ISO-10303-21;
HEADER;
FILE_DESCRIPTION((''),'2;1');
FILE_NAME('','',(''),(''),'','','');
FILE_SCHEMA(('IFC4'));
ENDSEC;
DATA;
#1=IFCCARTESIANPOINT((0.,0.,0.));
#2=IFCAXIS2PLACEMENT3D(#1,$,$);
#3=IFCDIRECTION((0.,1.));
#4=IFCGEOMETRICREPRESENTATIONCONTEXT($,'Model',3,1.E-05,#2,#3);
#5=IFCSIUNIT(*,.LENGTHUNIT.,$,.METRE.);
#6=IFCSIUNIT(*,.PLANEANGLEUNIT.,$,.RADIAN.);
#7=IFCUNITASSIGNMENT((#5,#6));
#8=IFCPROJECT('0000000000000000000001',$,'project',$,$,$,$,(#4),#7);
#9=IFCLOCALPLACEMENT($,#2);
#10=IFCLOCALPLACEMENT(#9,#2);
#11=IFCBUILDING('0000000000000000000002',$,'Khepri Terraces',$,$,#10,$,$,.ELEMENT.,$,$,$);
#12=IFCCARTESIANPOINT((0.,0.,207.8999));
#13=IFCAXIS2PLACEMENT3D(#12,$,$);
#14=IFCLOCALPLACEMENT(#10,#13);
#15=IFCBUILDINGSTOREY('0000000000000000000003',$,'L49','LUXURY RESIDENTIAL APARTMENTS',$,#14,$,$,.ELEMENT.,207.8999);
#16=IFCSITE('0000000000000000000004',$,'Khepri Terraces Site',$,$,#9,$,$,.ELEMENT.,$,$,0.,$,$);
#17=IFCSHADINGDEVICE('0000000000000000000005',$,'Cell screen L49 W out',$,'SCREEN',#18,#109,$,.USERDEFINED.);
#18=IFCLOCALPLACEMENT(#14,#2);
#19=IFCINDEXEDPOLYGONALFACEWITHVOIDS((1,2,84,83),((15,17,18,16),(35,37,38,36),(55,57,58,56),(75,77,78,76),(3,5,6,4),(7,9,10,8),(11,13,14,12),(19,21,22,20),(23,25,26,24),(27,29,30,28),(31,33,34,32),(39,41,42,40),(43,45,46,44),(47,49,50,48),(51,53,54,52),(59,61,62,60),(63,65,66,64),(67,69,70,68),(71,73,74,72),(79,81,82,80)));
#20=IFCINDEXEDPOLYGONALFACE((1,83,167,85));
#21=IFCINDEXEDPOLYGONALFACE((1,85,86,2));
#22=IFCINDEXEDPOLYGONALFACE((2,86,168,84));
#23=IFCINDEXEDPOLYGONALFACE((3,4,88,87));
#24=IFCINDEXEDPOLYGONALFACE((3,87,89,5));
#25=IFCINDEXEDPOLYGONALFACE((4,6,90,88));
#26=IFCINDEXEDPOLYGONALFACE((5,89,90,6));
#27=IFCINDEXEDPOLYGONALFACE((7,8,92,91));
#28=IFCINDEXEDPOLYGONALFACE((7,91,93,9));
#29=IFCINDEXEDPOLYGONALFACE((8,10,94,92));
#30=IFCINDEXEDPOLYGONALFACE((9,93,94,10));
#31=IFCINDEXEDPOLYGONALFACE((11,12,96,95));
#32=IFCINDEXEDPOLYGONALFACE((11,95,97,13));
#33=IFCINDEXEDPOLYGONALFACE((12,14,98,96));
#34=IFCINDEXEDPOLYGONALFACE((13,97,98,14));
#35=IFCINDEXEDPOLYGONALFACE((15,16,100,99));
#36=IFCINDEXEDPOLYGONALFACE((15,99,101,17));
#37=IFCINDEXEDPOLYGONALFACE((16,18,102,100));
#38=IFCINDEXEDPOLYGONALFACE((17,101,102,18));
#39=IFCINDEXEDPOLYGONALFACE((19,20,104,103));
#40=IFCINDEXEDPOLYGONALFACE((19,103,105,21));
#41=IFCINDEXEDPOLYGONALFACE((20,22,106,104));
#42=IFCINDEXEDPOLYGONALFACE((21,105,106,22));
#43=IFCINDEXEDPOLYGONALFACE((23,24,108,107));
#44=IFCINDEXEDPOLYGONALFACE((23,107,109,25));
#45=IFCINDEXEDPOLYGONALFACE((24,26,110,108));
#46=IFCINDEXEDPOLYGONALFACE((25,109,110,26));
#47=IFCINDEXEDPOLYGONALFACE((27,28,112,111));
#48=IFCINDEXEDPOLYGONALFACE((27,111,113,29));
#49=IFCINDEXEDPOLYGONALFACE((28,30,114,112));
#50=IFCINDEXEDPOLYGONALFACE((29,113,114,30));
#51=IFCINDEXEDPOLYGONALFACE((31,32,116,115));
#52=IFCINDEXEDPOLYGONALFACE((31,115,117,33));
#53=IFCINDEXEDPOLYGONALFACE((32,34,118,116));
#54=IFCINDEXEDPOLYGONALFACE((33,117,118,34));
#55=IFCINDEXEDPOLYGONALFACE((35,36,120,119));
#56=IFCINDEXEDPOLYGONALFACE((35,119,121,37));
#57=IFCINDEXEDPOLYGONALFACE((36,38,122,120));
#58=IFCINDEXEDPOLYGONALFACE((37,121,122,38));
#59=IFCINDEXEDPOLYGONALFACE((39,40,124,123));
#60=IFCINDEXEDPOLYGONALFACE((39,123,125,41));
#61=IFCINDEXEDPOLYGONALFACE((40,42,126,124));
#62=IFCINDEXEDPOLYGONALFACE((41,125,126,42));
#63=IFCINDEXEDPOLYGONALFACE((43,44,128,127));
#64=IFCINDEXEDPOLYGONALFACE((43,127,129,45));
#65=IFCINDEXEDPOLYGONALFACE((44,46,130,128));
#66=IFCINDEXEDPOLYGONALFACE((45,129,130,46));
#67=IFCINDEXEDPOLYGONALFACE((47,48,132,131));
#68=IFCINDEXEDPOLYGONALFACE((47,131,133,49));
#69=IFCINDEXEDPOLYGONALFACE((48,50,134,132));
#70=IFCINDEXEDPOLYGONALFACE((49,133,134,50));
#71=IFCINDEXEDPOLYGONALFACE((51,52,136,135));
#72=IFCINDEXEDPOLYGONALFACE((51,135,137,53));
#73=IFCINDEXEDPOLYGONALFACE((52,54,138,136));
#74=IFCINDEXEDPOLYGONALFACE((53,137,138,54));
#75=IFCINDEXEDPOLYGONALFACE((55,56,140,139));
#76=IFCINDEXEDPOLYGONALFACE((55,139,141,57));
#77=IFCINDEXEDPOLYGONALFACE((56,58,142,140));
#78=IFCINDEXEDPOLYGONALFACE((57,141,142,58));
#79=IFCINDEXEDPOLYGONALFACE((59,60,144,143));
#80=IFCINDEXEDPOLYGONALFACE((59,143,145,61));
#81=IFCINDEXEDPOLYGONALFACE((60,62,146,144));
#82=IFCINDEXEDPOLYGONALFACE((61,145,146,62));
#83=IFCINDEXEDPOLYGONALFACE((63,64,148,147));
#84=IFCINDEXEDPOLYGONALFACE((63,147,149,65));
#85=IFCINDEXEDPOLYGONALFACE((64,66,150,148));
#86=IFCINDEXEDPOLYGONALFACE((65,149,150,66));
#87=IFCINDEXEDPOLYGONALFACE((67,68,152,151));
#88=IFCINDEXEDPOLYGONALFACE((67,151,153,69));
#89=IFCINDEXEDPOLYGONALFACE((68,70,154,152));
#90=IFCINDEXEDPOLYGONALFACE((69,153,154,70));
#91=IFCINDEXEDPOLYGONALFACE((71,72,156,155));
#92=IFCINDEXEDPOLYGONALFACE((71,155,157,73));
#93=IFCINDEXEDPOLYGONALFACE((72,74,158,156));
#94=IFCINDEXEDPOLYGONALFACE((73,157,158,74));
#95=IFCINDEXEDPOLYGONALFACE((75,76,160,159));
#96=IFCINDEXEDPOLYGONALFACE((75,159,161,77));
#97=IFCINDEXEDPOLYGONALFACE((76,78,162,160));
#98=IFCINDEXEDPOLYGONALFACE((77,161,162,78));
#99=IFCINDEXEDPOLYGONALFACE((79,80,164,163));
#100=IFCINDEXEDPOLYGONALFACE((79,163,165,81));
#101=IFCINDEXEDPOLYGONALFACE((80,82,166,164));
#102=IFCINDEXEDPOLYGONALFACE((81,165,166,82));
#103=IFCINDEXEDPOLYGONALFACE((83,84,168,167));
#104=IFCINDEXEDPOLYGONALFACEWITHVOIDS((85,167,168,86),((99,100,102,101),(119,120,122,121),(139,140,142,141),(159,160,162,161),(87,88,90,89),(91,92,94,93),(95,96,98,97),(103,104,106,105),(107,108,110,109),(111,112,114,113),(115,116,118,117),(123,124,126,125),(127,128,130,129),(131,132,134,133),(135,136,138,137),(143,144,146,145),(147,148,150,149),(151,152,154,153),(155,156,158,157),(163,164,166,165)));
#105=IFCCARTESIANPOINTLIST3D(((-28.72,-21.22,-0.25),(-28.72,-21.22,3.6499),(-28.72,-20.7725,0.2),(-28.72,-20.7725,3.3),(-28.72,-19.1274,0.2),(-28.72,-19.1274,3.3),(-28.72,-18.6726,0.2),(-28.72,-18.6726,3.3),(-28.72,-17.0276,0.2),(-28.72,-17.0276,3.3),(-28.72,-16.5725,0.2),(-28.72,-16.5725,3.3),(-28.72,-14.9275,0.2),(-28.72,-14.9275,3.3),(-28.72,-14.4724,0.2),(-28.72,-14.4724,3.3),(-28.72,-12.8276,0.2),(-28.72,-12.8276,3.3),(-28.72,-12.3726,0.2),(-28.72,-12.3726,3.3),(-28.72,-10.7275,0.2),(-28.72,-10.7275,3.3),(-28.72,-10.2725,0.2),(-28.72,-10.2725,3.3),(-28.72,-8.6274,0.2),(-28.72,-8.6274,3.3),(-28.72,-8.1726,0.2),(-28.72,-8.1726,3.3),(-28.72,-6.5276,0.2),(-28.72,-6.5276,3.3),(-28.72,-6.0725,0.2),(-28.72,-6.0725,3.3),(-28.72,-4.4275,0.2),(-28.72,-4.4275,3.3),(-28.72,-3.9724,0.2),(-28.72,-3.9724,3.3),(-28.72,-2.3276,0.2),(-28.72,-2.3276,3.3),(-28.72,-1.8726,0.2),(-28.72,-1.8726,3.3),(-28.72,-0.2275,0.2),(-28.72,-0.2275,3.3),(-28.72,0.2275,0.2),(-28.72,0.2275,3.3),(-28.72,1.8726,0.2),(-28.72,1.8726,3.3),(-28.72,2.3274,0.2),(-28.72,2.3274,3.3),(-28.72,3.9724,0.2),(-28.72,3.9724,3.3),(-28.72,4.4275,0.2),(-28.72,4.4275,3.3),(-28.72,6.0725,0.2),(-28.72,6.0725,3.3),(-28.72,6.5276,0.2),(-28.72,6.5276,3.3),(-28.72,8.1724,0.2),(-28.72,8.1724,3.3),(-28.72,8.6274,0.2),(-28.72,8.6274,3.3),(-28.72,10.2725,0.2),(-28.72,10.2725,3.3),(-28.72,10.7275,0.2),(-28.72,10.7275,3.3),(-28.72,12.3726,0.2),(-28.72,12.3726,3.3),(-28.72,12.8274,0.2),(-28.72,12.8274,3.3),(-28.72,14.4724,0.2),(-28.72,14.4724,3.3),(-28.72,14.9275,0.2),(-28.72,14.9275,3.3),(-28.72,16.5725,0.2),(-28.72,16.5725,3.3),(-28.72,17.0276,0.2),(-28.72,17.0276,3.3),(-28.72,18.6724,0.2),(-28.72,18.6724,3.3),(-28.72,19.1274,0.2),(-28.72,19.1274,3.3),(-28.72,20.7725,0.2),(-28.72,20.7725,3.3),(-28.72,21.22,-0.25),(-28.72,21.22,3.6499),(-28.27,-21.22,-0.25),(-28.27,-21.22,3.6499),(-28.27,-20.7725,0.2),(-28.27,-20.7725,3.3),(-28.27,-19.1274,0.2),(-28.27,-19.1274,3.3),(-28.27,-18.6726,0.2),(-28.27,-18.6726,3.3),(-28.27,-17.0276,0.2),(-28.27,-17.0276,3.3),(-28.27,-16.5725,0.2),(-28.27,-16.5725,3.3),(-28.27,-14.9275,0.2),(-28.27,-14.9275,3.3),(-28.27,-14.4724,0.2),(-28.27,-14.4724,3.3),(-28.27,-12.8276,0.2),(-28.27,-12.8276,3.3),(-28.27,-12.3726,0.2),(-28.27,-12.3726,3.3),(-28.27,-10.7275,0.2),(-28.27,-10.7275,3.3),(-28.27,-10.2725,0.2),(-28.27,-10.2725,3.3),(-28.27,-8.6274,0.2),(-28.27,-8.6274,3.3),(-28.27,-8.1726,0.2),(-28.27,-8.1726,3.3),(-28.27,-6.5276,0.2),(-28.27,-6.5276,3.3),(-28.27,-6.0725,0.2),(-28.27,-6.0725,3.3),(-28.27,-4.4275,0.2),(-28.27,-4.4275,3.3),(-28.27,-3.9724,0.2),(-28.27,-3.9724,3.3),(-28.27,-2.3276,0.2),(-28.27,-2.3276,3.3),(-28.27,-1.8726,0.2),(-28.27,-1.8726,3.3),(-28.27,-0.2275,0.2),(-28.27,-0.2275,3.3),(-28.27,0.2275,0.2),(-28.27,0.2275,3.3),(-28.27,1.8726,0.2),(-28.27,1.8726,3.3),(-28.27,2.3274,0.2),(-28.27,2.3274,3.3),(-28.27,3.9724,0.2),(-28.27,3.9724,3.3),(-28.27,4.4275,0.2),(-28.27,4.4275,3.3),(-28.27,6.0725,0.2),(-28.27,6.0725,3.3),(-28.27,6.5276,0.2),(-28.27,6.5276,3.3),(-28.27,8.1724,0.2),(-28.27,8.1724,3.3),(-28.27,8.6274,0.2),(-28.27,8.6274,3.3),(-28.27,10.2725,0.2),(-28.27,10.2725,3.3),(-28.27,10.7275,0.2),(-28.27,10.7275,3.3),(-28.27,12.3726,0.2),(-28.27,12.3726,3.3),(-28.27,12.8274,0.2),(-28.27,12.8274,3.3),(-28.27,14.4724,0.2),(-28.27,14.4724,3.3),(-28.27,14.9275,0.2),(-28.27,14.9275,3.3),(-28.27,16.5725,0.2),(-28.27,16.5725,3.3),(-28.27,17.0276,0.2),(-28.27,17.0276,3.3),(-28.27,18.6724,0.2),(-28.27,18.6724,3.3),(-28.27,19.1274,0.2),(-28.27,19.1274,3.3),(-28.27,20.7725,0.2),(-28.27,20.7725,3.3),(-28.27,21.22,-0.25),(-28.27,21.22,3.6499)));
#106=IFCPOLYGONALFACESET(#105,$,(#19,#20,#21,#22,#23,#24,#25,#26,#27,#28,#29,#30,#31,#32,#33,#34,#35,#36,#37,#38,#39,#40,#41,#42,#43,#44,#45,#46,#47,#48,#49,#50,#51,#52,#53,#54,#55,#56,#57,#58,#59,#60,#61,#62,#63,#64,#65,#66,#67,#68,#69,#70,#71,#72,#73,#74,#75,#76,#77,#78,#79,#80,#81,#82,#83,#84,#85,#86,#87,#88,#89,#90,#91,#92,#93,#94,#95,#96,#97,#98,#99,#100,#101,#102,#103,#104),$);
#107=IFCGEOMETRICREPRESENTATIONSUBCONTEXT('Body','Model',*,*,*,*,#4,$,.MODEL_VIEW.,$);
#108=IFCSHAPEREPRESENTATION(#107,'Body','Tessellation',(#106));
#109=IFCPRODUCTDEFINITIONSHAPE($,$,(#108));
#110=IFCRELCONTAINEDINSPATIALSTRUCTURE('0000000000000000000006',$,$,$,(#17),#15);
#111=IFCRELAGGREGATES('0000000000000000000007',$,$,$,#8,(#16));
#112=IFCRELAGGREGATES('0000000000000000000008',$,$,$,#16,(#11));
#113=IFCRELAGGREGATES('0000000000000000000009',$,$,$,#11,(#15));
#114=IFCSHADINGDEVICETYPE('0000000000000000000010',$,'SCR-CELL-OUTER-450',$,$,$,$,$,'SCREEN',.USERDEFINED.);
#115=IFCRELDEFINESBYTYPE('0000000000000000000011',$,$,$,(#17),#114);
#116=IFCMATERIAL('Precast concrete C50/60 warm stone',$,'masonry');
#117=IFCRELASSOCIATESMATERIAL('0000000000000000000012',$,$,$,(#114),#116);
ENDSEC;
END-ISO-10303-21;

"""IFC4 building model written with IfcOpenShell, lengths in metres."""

from ifc_helpers import new_model, si_unit, direction, frame, origin, place, context, subcontext, project, spatial, polyline, outline, extrude, material, type_object, element, save


model = new_model("IFC4")

# Units and contexts
model_context = context("Model", 3, precision=1e-05, world=origin(), true_north=direction((0.0, 1.0)))
body_context = subcontext(model_context, "Body", "Model", "MODEL_VIEW")
ifc_project = project(units=[si_unit("LENGTHUNIT", "METRE"), si_unit("PLANEANGLEUNIT", "RADIAN")], contexts=[model_context])

# Site, building, storey
site_placement = place(None, origin())
site = spatial("IfcSite", under=ifc_project, at=site_placement, Name="Khepri Terraces Site", CompositionType="ELEMENT", RefElevation=0.0)
building_placement = place(site_placement, origin())
building = spatial("IfcBuilding", under=site, at=building_placement, Name="Khepri Terraces", CompositionType="ELEMENT")
storey_placement = place(building_placement, frame((0.0, 0.0, 207.8999)))
storey = spatial("IfcBuildingStorey", under=building, at=storey_placement, Name="L49", Description="LUXURY RESIDENTIAL APARTMENTS", CompositionType="ELEMENT", Elevation=207.8999)

# Shared definitions
ifc_material_1 = material(Name="Precast concrete C50/60 warm stone", Category="masonry")

# Shading device
shading_device_type_1 = type_object("IfcShadingDeviceType", Name="SCR-CELL-OUTER-450", ElementType="SCREEN", PredefinedType="USERDEFINED", material=ifc_material_1)
shading_device_1_placement = place(storey_placement, frame((-28.27, 21.22, -0.25), z_axis=(-1.0, 0.0, 0.0), x_axis=(0.0, -1.0, 0.0)))
element("IfcShadingDevice", 1, at=shading_device_1_placement, inside=storey, type_object=shading_device_type_1, Name="Cell screen L49 W out", ObjectType="SCREEN", PredefinedType="USERDEFINED", context=body_context, shape_type="SweptSolid", body=[
    extrude(outline(polyline([(0.0, 0.0), (42.4399, 0.0), (42.4399, 3.8999), (0.0, 3.8999), (0.0, 0.0)]), holes=[polyline([(0.4475, 0.45), (2.0925, 0.45), (2.0925, 3.55), (0.4475, 3.55), (0.4475, 0.45)]), polyline([(2.5476, 0.45), (4.1924, 0.45), (4.1924, 3.55), (2.5476, 3.55), (2.5476, 0.45)]), polyline([(4.6475, 0.45), (6.2925, 0.45), (6.2925, 3.55), (4.6475, 3.55), (4.6475, 0.45)]), polyline([(6.7476, 0.45), (8.3926, 0.45), (8.3926, 3.55), (6.7476, 3.55), (6.7476, 0.45)]), polyline([(8.8474, 0.45), (10.4924, 0.45), (10.4924, 3.55), (8.8474, 3.55), (8.8474, 0.45)]), polyline([(10.9475, 0.45), (12.5925, 0.45), (12.5925, 3.55), (10.9475, 3.55), (10.9475, 0.45)]), polyline([(13.0476, 0.45), (14.6924, 0.45), (14.6924, 3.55), (13.0476, 3.55), (13.0476, 0.45)]), polyline([(15.1475, 0.45), (16.7925, 0.45), (16.7925, 3.55), (15.1475, 3.55), (15.1475, 0.45)]), polyline([(17.2476, 0.45), (18.8926, 0.45), (18.8926, 3.55), (17.2476, 3.55), (17.2476, 0.45)]), polyline([(19.3474, 0.45), (20.9924, 0.45), (20.9924, 3.55), (19.3474, 3.55), (19.3474, 0.45)]), polyline([(21.4475, 0.45), (23.0925, 0.45), (23.0925, 3.55), (21.4475, 3.55), (21.4475, 0.45)]), polyline([(23.5476, 0.45), (25.1924, 0.45), (25.1924, 3.55), (23.5476, 3.55), (23.5476, 0.45)]), polyline([(25.6475, 0.45), (27.2925, 0.45), (27.2925, 3.55), (25.6475, 3.55), (25.6475, 0.45)]), polyline([(27.7476, 0.45), (29.3926, 0.45), (29.3926, 3.55), (27.7476, 3.55), (27.7476, 0.45)]), polyline([(29.8474, 0.45), (31.4924, 0.45), (31.4924, 3.55), (29.8474, 3.55), (29.8474, 0.45)]), polyline([(31.9475, 0.45), (33.5925, 0.45), (33.5925, 3.55), (31.9475, 3.55), (31.9475, 0.45)]), polyline([(34.0476, 0.45), (35.6924, 0.45), (35.6924, 3.55), (34.0476, 3.55), (34.0476, 0.45)]), polyline([(36.1475, 0.45), (37.7925, 0.45), (37.7925, 3.55), (36.1475, 3.55), (36.1475, 0.45)]), polyline([(38.2476, 0.45), (39.8926, 0.45), (39.8926, 3.55), (38.2476, 3.55), (38.2476, 0.45)]), polyline([(40.3474, 0.45), (41.9924, 0.45), (41.9924, 3.55), (40.3474, 3.55), (40.3474, 0.45)])]), origin(), (0.0, 0.0, 1.0), 0.45),
])

save(model, "model.ifc")
